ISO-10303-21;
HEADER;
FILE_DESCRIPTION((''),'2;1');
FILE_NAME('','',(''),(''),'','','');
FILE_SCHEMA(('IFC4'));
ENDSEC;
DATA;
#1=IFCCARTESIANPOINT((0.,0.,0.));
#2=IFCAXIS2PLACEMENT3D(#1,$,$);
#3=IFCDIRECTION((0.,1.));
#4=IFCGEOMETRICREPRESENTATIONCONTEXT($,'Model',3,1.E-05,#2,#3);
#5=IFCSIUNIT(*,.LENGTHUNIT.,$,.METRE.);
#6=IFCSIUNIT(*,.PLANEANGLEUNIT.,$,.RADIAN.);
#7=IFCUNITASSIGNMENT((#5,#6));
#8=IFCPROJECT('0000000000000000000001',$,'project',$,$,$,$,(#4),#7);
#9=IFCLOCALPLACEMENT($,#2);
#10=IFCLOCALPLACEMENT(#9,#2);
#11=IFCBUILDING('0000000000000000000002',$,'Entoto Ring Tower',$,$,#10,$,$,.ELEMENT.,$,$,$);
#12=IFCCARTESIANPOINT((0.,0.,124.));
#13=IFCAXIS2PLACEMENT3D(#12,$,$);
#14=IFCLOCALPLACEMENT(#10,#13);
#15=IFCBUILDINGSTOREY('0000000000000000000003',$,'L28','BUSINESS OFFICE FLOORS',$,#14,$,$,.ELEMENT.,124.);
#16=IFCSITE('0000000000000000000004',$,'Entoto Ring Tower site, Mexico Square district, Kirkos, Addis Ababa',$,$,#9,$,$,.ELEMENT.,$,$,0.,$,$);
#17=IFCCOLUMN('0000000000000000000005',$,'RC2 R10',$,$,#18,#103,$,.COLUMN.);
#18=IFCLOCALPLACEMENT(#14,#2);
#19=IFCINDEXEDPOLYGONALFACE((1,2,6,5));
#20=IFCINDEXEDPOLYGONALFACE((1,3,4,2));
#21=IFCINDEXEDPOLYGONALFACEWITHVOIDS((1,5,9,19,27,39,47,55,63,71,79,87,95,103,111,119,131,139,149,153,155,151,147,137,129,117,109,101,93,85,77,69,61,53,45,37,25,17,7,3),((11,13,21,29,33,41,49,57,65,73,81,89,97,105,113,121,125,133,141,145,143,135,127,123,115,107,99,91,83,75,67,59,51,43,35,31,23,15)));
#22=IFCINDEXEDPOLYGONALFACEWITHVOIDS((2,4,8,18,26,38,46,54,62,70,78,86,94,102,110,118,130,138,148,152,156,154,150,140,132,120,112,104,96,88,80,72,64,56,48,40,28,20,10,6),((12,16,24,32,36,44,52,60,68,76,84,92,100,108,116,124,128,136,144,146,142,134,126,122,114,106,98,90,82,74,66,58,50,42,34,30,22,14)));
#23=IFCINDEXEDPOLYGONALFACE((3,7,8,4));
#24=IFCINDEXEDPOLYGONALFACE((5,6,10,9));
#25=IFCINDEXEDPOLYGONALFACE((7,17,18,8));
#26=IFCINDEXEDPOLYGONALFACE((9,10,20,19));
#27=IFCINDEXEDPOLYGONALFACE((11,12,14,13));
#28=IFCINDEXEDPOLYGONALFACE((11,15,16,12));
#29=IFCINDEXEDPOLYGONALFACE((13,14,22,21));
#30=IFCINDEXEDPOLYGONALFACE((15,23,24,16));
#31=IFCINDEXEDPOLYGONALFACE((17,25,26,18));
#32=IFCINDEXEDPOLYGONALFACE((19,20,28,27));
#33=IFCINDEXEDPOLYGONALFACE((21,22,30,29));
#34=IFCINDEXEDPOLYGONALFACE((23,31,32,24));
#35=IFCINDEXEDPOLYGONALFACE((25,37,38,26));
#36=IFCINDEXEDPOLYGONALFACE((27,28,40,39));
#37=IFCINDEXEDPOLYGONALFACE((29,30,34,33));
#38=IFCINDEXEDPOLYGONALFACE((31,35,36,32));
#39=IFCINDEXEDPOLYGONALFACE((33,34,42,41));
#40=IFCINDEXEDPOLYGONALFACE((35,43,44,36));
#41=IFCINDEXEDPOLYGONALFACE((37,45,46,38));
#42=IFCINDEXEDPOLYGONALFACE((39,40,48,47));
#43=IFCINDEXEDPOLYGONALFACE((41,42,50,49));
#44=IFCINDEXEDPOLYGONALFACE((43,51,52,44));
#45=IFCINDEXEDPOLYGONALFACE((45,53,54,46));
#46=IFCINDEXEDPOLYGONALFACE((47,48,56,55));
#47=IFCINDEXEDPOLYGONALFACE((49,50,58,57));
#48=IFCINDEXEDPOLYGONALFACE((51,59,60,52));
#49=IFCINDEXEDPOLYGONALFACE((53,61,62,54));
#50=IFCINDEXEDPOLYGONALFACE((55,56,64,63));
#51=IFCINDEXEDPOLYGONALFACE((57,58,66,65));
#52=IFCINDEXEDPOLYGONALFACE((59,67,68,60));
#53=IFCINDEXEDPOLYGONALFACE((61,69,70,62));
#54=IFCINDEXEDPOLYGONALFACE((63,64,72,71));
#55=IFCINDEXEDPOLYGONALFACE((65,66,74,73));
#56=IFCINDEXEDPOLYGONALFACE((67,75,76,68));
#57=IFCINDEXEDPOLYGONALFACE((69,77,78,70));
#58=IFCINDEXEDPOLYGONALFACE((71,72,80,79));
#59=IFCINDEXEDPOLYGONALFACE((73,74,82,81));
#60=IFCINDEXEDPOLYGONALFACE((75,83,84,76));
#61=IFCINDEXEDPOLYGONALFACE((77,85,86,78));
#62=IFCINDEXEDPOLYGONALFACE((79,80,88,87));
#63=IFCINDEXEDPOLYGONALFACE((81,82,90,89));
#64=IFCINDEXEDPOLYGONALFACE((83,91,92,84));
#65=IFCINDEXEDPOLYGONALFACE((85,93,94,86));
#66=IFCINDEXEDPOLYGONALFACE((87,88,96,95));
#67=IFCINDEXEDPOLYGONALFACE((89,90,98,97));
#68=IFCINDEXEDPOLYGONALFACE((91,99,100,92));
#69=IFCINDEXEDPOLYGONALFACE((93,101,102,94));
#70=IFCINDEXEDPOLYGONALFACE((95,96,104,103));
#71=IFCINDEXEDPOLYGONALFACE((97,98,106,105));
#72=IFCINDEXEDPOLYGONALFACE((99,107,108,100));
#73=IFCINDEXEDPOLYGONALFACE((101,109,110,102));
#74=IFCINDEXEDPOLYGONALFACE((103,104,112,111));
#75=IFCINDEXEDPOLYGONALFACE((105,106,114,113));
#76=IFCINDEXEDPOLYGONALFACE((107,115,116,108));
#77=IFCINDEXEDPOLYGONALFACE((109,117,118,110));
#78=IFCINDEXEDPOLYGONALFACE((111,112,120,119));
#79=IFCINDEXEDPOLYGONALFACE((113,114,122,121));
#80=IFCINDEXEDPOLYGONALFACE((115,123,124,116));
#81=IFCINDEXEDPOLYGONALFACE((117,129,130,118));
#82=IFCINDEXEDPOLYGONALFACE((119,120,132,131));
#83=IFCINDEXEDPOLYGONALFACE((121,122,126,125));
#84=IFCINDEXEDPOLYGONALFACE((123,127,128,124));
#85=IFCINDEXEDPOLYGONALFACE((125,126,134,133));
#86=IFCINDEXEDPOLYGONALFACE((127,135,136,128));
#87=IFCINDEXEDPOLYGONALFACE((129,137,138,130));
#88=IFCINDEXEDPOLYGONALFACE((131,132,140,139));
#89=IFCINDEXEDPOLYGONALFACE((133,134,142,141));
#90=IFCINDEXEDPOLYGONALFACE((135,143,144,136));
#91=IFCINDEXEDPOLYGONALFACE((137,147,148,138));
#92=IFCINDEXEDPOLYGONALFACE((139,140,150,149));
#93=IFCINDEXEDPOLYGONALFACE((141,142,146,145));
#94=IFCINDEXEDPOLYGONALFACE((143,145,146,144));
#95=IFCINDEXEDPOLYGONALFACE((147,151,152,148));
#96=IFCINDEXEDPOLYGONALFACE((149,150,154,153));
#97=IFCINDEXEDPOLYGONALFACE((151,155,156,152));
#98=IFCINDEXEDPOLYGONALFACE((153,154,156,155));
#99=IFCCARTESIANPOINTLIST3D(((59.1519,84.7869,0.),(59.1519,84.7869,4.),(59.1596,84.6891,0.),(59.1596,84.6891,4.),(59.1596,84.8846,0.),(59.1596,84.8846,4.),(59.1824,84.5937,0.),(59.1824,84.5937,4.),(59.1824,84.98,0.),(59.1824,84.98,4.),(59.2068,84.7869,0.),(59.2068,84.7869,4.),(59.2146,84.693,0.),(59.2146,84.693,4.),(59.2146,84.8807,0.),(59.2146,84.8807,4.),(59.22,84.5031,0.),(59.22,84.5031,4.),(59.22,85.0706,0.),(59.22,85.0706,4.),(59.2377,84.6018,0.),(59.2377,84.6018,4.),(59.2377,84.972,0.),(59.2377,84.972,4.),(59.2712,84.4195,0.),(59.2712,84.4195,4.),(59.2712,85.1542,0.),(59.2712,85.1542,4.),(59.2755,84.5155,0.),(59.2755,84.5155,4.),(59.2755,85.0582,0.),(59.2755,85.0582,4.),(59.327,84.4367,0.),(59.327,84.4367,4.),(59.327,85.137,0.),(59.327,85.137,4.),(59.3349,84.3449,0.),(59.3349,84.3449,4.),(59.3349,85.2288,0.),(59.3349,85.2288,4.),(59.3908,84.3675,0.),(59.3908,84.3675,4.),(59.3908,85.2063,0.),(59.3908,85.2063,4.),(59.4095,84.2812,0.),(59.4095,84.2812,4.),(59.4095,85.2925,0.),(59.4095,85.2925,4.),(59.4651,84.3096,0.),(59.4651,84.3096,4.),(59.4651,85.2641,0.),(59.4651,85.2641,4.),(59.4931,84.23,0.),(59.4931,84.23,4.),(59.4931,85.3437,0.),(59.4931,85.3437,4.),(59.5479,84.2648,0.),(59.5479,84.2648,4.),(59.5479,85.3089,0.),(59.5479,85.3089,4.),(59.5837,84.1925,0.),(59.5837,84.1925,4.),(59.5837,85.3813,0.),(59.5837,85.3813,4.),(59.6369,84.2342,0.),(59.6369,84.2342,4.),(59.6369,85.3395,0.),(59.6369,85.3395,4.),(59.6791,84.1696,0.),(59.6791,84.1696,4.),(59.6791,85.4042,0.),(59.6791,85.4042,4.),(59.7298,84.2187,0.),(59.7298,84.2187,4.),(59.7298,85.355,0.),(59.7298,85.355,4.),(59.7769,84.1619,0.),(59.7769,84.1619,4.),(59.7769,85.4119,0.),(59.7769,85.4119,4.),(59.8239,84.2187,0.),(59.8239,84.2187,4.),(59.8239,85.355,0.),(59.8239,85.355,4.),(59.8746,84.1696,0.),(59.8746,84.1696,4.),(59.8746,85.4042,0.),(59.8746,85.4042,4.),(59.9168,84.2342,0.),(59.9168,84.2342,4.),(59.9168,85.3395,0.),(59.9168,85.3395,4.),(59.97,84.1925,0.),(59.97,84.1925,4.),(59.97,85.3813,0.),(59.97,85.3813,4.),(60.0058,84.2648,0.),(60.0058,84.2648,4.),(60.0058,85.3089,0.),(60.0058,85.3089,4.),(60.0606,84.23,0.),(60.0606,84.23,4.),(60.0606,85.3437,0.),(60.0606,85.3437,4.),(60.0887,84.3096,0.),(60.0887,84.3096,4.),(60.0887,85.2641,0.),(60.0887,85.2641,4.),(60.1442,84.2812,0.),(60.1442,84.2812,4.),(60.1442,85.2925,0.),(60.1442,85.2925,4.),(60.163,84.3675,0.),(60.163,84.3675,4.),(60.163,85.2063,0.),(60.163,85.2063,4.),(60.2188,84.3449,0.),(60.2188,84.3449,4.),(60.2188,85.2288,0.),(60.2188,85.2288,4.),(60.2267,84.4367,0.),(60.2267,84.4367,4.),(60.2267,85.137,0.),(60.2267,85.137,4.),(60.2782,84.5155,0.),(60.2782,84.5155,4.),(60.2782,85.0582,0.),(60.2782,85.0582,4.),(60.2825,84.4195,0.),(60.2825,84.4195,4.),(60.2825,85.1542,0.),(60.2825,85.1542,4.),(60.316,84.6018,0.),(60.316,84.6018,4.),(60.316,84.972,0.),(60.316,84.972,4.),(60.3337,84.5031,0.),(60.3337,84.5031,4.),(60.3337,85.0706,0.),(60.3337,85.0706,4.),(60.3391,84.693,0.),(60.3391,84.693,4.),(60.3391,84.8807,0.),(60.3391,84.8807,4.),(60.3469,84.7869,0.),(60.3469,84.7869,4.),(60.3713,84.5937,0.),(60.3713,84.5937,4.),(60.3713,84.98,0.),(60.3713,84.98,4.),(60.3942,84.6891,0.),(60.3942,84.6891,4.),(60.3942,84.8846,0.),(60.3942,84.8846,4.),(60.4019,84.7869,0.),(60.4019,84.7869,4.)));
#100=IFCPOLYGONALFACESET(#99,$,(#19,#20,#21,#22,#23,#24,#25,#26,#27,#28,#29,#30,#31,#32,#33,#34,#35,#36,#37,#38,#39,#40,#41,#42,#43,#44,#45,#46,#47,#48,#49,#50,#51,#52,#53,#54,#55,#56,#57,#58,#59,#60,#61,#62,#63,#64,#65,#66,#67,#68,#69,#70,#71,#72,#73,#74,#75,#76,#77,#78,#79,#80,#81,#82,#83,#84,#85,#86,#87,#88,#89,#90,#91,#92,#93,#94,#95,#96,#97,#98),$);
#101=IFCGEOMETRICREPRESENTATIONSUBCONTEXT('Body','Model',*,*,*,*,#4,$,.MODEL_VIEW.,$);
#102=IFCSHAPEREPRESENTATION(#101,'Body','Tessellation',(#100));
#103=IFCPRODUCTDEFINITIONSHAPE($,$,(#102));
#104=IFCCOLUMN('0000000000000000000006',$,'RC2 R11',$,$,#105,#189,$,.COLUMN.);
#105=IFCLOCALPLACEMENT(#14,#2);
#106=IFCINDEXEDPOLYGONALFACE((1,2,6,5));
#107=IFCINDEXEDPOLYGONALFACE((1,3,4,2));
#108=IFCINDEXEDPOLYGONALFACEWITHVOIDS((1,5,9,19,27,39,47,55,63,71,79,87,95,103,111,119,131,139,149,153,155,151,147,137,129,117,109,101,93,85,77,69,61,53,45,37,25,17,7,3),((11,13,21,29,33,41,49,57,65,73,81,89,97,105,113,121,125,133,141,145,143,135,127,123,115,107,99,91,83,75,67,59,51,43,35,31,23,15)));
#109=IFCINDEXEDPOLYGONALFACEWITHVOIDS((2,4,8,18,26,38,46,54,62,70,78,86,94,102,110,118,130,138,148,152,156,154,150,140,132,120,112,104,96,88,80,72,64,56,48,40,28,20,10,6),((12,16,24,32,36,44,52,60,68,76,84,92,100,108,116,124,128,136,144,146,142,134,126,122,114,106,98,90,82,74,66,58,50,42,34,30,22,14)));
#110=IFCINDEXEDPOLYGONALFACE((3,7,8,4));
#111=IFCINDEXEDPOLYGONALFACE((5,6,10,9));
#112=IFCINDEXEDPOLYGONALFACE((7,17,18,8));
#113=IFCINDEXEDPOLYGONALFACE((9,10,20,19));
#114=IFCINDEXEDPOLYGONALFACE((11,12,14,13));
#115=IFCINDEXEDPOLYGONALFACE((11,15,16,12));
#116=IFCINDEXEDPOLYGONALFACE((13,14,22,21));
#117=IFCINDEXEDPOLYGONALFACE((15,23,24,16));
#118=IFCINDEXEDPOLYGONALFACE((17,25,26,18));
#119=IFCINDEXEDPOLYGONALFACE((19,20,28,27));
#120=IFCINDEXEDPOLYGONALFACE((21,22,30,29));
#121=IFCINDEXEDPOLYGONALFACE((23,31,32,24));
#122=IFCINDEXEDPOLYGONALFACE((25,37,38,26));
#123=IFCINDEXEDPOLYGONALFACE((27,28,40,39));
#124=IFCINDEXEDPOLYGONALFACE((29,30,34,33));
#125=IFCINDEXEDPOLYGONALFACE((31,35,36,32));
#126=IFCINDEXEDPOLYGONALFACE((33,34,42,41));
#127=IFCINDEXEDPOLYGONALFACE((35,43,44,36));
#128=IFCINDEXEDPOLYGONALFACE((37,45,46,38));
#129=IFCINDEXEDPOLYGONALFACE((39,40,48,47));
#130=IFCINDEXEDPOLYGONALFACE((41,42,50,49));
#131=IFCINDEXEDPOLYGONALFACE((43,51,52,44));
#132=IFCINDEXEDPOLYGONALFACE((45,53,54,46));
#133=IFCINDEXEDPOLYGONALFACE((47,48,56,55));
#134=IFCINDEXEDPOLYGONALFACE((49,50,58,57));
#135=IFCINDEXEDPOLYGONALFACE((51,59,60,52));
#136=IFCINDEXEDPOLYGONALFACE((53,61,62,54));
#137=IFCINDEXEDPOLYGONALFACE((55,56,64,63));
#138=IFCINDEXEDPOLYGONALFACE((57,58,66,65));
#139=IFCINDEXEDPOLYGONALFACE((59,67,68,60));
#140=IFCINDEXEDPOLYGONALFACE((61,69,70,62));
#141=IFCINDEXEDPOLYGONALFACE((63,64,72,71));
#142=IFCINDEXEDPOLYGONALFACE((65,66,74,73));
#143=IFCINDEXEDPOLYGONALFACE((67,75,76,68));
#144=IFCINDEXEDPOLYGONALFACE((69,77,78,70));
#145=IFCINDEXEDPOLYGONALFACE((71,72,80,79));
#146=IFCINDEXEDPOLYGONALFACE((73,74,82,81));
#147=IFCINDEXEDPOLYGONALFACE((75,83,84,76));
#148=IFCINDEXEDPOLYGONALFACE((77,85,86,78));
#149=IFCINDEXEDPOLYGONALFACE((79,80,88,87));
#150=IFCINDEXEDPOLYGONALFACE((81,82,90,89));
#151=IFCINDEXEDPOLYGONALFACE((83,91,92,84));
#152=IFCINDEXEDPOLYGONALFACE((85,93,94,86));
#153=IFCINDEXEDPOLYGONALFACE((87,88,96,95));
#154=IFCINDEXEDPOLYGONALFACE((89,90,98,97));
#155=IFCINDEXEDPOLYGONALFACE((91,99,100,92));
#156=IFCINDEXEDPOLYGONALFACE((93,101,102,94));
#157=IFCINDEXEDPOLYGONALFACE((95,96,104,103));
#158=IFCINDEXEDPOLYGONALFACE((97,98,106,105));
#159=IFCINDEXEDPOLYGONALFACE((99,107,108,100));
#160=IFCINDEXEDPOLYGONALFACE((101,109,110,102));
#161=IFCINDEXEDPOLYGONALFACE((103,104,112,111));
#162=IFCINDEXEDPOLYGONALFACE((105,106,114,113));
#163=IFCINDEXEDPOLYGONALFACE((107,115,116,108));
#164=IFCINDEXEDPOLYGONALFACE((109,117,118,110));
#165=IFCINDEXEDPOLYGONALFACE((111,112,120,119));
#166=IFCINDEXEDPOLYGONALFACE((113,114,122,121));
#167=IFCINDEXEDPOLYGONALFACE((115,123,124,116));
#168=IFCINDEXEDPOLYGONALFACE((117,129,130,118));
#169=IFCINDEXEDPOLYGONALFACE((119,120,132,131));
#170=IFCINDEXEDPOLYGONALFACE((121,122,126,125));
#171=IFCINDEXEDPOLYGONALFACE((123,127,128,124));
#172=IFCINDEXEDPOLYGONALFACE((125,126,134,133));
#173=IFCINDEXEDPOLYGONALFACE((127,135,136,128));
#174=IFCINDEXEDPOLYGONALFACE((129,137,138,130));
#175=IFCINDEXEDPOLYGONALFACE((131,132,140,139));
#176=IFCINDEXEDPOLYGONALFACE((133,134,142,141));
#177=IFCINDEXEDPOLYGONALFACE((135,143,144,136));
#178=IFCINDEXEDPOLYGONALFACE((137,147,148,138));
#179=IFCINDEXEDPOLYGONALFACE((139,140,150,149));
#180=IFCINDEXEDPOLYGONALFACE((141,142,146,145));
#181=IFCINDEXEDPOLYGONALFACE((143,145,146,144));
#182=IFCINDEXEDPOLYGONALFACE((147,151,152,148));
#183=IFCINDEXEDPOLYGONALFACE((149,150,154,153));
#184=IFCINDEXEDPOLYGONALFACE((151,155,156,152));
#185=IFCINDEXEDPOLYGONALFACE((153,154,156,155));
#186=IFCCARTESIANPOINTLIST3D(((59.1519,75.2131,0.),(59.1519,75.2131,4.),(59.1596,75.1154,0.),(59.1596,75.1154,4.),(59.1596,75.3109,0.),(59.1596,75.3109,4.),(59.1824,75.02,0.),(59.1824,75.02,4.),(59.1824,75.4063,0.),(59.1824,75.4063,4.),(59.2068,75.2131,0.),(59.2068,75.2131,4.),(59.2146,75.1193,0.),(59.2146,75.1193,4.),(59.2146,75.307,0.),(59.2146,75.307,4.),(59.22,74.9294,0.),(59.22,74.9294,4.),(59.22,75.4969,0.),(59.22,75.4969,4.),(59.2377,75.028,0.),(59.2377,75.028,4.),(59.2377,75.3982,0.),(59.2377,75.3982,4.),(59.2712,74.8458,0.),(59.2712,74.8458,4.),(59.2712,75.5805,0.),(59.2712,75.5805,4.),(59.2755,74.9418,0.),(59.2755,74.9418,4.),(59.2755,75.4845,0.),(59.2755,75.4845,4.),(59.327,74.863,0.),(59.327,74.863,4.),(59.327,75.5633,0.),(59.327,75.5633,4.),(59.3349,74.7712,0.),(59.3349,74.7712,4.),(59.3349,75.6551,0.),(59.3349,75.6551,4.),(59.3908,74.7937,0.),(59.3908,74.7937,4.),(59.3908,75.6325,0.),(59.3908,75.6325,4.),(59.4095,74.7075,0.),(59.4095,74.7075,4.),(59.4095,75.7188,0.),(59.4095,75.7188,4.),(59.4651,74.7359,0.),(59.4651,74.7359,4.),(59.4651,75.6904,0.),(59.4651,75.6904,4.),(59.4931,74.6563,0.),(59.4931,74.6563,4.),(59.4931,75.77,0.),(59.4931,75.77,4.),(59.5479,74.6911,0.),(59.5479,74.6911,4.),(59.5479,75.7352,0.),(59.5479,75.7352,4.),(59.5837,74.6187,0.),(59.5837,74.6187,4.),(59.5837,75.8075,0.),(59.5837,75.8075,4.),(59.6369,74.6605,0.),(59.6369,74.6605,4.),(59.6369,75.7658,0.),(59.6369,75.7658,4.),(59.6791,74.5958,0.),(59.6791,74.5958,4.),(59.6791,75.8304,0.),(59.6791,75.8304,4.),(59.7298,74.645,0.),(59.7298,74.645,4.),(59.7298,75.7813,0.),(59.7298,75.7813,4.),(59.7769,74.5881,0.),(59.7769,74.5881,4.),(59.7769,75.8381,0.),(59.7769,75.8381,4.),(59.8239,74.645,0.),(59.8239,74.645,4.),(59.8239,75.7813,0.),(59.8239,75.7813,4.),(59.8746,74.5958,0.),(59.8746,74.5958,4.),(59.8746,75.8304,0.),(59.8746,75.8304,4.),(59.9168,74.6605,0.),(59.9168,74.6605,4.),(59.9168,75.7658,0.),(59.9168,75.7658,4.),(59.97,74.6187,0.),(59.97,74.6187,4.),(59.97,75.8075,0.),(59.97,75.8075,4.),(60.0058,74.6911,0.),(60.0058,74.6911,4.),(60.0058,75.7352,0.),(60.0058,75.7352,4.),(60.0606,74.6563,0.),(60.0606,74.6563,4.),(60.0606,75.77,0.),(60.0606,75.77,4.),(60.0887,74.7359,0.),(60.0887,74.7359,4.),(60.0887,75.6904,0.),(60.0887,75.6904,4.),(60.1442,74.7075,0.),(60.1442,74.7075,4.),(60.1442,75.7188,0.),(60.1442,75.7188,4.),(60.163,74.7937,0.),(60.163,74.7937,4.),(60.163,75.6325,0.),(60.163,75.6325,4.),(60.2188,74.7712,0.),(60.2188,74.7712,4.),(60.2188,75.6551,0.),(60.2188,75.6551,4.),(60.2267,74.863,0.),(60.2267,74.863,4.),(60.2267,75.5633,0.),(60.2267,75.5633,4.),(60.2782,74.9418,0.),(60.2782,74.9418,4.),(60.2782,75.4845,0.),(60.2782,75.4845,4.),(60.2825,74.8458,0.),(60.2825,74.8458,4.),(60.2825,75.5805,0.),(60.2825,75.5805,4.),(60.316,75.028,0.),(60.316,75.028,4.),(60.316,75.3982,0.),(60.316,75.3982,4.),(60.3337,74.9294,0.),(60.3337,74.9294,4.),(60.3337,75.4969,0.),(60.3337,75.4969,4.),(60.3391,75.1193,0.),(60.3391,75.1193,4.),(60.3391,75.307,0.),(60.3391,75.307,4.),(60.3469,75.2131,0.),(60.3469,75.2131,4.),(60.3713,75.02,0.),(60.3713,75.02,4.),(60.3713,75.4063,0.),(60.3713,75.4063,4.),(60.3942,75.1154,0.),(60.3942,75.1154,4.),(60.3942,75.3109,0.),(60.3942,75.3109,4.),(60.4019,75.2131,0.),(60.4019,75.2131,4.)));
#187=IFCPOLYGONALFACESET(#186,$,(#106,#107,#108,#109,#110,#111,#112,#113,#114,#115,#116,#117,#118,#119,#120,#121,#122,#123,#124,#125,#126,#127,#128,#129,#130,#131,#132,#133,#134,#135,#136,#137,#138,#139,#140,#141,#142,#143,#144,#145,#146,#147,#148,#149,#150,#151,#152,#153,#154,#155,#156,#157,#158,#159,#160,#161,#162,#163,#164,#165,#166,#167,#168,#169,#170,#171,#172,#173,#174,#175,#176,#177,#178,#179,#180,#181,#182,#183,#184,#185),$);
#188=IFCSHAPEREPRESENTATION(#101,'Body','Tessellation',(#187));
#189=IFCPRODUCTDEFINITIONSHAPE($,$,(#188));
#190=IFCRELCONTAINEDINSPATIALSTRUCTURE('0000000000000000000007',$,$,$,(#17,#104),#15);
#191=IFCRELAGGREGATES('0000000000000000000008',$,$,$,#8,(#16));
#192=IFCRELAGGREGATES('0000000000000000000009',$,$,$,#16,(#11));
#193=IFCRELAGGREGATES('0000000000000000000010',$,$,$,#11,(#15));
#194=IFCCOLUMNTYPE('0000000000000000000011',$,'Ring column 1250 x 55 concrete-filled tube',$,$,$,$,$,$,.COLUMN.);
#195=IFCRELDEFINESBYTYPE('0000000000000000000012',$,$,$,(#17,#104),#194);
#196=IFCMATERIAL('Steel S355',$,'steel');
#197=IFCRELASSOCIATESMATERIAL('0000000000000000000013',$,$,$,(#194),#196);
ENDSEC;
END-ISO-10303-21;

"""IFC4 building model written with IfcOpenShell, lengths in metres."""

from ifc_helpers import new_model, si_unit, direction, frame, origin, origin_2d, place, context, subcontext, project, spatial, circle, hollow_circle, extrude, material, material_profile, profile_set, type_object, element, save


model = new_model("IFC4")

# Units and contexts
model_context = context("Model", 3, precision=1e-05, world=origin(), true_north=direction((0.0, 1.0)))
body_context = subcontext(model_context, "Body", "Model", "MODEL_VIEW")
ifc_project = project(units=[si_unit("LENGTHUNIT", "METRE"), si_unit("PLANEANGLEUNIT", "RADIAN")], contexts=[model_context])

# Site, building, storey
site_placement = place(None, origin())
site = spatial("IfcSite", under=ifc_project, at=site_placement, Name="Entoto Ring Tower site, Mexico Square district, Kirkos, Addis Ababa", CompositionType="ELEMENT", RefElevation=0.0)
building_placement = place(site_placement, origin())
building = spatial("IfcBuilding", under=site, at=building_placement, Name="Entoto Ring Tower", CompositionType="ELEMENT")
storey_placement = place(building_placement, frame((0.0, 0.0, 124.0)))
storey = spatial("IfcBuildingStorey", under=building, at=storey_placement, Name="L28", Description="BUSINESS OFFICE FLOORS", CompositionType="ELEMENT", Elevation=124.0)

# Columns
ifc_material_1 = material(Name="Steel S355", Category="steel")
ifc_material_profile_1 = material_profile(ifc_material_1, hollow_circle(Radius=0.625, WallThickness=0.0549, at=origin_2d()), Name="CHS 1250 x 55")
ifc_material_2 = material(Name="Concrete C60/75", Category="concrete")
ifc_material_profile_2 = material_profile(ifc_material_2, circle(Radius=0.5701, at=origin_2d()), Name="Concrete C60/75 infill")
ifc_profile_set_1 = profile_set([ifc_material_profile_1, ifc_material_profile_2], Name="Steel S355")
column_type = type_object("IfcColumnType", Name="Ring column 1250 x 55 concrete-filled tube", PredefinedType="COLUMN", material=ifc_profile_set_1)
for number, where, z_axis, x_axis, name in (
    (1, (59.7769, 84.7869, 0.0), (0.0, 0.0, 1.0), (1.0, 0.0, 0.0), "RC2 R10"),
    (2, (59.7769, 75.2131, 0.0), (0.0, 0.0, 1.0), (1.0, 0.0, 0.0), "RC2 R11"),
):
    element("IfcColumn", number, at=place(storey_placement, frame(where, z_axis=z_axis, x_axis=x_axis)), inside=storey, type_object=column_type, Name=name, PredefinedType="COLUMN", context=body_context, shape_type="SweptSolid", body=[
        extrude(hollow_circle(Radius=0.625, WallThickness=0.0549, at=origin_2d()), origin(), (0.0, 0.0, 1.0), 4.0),
    ])

save(model, "model.ifc")
